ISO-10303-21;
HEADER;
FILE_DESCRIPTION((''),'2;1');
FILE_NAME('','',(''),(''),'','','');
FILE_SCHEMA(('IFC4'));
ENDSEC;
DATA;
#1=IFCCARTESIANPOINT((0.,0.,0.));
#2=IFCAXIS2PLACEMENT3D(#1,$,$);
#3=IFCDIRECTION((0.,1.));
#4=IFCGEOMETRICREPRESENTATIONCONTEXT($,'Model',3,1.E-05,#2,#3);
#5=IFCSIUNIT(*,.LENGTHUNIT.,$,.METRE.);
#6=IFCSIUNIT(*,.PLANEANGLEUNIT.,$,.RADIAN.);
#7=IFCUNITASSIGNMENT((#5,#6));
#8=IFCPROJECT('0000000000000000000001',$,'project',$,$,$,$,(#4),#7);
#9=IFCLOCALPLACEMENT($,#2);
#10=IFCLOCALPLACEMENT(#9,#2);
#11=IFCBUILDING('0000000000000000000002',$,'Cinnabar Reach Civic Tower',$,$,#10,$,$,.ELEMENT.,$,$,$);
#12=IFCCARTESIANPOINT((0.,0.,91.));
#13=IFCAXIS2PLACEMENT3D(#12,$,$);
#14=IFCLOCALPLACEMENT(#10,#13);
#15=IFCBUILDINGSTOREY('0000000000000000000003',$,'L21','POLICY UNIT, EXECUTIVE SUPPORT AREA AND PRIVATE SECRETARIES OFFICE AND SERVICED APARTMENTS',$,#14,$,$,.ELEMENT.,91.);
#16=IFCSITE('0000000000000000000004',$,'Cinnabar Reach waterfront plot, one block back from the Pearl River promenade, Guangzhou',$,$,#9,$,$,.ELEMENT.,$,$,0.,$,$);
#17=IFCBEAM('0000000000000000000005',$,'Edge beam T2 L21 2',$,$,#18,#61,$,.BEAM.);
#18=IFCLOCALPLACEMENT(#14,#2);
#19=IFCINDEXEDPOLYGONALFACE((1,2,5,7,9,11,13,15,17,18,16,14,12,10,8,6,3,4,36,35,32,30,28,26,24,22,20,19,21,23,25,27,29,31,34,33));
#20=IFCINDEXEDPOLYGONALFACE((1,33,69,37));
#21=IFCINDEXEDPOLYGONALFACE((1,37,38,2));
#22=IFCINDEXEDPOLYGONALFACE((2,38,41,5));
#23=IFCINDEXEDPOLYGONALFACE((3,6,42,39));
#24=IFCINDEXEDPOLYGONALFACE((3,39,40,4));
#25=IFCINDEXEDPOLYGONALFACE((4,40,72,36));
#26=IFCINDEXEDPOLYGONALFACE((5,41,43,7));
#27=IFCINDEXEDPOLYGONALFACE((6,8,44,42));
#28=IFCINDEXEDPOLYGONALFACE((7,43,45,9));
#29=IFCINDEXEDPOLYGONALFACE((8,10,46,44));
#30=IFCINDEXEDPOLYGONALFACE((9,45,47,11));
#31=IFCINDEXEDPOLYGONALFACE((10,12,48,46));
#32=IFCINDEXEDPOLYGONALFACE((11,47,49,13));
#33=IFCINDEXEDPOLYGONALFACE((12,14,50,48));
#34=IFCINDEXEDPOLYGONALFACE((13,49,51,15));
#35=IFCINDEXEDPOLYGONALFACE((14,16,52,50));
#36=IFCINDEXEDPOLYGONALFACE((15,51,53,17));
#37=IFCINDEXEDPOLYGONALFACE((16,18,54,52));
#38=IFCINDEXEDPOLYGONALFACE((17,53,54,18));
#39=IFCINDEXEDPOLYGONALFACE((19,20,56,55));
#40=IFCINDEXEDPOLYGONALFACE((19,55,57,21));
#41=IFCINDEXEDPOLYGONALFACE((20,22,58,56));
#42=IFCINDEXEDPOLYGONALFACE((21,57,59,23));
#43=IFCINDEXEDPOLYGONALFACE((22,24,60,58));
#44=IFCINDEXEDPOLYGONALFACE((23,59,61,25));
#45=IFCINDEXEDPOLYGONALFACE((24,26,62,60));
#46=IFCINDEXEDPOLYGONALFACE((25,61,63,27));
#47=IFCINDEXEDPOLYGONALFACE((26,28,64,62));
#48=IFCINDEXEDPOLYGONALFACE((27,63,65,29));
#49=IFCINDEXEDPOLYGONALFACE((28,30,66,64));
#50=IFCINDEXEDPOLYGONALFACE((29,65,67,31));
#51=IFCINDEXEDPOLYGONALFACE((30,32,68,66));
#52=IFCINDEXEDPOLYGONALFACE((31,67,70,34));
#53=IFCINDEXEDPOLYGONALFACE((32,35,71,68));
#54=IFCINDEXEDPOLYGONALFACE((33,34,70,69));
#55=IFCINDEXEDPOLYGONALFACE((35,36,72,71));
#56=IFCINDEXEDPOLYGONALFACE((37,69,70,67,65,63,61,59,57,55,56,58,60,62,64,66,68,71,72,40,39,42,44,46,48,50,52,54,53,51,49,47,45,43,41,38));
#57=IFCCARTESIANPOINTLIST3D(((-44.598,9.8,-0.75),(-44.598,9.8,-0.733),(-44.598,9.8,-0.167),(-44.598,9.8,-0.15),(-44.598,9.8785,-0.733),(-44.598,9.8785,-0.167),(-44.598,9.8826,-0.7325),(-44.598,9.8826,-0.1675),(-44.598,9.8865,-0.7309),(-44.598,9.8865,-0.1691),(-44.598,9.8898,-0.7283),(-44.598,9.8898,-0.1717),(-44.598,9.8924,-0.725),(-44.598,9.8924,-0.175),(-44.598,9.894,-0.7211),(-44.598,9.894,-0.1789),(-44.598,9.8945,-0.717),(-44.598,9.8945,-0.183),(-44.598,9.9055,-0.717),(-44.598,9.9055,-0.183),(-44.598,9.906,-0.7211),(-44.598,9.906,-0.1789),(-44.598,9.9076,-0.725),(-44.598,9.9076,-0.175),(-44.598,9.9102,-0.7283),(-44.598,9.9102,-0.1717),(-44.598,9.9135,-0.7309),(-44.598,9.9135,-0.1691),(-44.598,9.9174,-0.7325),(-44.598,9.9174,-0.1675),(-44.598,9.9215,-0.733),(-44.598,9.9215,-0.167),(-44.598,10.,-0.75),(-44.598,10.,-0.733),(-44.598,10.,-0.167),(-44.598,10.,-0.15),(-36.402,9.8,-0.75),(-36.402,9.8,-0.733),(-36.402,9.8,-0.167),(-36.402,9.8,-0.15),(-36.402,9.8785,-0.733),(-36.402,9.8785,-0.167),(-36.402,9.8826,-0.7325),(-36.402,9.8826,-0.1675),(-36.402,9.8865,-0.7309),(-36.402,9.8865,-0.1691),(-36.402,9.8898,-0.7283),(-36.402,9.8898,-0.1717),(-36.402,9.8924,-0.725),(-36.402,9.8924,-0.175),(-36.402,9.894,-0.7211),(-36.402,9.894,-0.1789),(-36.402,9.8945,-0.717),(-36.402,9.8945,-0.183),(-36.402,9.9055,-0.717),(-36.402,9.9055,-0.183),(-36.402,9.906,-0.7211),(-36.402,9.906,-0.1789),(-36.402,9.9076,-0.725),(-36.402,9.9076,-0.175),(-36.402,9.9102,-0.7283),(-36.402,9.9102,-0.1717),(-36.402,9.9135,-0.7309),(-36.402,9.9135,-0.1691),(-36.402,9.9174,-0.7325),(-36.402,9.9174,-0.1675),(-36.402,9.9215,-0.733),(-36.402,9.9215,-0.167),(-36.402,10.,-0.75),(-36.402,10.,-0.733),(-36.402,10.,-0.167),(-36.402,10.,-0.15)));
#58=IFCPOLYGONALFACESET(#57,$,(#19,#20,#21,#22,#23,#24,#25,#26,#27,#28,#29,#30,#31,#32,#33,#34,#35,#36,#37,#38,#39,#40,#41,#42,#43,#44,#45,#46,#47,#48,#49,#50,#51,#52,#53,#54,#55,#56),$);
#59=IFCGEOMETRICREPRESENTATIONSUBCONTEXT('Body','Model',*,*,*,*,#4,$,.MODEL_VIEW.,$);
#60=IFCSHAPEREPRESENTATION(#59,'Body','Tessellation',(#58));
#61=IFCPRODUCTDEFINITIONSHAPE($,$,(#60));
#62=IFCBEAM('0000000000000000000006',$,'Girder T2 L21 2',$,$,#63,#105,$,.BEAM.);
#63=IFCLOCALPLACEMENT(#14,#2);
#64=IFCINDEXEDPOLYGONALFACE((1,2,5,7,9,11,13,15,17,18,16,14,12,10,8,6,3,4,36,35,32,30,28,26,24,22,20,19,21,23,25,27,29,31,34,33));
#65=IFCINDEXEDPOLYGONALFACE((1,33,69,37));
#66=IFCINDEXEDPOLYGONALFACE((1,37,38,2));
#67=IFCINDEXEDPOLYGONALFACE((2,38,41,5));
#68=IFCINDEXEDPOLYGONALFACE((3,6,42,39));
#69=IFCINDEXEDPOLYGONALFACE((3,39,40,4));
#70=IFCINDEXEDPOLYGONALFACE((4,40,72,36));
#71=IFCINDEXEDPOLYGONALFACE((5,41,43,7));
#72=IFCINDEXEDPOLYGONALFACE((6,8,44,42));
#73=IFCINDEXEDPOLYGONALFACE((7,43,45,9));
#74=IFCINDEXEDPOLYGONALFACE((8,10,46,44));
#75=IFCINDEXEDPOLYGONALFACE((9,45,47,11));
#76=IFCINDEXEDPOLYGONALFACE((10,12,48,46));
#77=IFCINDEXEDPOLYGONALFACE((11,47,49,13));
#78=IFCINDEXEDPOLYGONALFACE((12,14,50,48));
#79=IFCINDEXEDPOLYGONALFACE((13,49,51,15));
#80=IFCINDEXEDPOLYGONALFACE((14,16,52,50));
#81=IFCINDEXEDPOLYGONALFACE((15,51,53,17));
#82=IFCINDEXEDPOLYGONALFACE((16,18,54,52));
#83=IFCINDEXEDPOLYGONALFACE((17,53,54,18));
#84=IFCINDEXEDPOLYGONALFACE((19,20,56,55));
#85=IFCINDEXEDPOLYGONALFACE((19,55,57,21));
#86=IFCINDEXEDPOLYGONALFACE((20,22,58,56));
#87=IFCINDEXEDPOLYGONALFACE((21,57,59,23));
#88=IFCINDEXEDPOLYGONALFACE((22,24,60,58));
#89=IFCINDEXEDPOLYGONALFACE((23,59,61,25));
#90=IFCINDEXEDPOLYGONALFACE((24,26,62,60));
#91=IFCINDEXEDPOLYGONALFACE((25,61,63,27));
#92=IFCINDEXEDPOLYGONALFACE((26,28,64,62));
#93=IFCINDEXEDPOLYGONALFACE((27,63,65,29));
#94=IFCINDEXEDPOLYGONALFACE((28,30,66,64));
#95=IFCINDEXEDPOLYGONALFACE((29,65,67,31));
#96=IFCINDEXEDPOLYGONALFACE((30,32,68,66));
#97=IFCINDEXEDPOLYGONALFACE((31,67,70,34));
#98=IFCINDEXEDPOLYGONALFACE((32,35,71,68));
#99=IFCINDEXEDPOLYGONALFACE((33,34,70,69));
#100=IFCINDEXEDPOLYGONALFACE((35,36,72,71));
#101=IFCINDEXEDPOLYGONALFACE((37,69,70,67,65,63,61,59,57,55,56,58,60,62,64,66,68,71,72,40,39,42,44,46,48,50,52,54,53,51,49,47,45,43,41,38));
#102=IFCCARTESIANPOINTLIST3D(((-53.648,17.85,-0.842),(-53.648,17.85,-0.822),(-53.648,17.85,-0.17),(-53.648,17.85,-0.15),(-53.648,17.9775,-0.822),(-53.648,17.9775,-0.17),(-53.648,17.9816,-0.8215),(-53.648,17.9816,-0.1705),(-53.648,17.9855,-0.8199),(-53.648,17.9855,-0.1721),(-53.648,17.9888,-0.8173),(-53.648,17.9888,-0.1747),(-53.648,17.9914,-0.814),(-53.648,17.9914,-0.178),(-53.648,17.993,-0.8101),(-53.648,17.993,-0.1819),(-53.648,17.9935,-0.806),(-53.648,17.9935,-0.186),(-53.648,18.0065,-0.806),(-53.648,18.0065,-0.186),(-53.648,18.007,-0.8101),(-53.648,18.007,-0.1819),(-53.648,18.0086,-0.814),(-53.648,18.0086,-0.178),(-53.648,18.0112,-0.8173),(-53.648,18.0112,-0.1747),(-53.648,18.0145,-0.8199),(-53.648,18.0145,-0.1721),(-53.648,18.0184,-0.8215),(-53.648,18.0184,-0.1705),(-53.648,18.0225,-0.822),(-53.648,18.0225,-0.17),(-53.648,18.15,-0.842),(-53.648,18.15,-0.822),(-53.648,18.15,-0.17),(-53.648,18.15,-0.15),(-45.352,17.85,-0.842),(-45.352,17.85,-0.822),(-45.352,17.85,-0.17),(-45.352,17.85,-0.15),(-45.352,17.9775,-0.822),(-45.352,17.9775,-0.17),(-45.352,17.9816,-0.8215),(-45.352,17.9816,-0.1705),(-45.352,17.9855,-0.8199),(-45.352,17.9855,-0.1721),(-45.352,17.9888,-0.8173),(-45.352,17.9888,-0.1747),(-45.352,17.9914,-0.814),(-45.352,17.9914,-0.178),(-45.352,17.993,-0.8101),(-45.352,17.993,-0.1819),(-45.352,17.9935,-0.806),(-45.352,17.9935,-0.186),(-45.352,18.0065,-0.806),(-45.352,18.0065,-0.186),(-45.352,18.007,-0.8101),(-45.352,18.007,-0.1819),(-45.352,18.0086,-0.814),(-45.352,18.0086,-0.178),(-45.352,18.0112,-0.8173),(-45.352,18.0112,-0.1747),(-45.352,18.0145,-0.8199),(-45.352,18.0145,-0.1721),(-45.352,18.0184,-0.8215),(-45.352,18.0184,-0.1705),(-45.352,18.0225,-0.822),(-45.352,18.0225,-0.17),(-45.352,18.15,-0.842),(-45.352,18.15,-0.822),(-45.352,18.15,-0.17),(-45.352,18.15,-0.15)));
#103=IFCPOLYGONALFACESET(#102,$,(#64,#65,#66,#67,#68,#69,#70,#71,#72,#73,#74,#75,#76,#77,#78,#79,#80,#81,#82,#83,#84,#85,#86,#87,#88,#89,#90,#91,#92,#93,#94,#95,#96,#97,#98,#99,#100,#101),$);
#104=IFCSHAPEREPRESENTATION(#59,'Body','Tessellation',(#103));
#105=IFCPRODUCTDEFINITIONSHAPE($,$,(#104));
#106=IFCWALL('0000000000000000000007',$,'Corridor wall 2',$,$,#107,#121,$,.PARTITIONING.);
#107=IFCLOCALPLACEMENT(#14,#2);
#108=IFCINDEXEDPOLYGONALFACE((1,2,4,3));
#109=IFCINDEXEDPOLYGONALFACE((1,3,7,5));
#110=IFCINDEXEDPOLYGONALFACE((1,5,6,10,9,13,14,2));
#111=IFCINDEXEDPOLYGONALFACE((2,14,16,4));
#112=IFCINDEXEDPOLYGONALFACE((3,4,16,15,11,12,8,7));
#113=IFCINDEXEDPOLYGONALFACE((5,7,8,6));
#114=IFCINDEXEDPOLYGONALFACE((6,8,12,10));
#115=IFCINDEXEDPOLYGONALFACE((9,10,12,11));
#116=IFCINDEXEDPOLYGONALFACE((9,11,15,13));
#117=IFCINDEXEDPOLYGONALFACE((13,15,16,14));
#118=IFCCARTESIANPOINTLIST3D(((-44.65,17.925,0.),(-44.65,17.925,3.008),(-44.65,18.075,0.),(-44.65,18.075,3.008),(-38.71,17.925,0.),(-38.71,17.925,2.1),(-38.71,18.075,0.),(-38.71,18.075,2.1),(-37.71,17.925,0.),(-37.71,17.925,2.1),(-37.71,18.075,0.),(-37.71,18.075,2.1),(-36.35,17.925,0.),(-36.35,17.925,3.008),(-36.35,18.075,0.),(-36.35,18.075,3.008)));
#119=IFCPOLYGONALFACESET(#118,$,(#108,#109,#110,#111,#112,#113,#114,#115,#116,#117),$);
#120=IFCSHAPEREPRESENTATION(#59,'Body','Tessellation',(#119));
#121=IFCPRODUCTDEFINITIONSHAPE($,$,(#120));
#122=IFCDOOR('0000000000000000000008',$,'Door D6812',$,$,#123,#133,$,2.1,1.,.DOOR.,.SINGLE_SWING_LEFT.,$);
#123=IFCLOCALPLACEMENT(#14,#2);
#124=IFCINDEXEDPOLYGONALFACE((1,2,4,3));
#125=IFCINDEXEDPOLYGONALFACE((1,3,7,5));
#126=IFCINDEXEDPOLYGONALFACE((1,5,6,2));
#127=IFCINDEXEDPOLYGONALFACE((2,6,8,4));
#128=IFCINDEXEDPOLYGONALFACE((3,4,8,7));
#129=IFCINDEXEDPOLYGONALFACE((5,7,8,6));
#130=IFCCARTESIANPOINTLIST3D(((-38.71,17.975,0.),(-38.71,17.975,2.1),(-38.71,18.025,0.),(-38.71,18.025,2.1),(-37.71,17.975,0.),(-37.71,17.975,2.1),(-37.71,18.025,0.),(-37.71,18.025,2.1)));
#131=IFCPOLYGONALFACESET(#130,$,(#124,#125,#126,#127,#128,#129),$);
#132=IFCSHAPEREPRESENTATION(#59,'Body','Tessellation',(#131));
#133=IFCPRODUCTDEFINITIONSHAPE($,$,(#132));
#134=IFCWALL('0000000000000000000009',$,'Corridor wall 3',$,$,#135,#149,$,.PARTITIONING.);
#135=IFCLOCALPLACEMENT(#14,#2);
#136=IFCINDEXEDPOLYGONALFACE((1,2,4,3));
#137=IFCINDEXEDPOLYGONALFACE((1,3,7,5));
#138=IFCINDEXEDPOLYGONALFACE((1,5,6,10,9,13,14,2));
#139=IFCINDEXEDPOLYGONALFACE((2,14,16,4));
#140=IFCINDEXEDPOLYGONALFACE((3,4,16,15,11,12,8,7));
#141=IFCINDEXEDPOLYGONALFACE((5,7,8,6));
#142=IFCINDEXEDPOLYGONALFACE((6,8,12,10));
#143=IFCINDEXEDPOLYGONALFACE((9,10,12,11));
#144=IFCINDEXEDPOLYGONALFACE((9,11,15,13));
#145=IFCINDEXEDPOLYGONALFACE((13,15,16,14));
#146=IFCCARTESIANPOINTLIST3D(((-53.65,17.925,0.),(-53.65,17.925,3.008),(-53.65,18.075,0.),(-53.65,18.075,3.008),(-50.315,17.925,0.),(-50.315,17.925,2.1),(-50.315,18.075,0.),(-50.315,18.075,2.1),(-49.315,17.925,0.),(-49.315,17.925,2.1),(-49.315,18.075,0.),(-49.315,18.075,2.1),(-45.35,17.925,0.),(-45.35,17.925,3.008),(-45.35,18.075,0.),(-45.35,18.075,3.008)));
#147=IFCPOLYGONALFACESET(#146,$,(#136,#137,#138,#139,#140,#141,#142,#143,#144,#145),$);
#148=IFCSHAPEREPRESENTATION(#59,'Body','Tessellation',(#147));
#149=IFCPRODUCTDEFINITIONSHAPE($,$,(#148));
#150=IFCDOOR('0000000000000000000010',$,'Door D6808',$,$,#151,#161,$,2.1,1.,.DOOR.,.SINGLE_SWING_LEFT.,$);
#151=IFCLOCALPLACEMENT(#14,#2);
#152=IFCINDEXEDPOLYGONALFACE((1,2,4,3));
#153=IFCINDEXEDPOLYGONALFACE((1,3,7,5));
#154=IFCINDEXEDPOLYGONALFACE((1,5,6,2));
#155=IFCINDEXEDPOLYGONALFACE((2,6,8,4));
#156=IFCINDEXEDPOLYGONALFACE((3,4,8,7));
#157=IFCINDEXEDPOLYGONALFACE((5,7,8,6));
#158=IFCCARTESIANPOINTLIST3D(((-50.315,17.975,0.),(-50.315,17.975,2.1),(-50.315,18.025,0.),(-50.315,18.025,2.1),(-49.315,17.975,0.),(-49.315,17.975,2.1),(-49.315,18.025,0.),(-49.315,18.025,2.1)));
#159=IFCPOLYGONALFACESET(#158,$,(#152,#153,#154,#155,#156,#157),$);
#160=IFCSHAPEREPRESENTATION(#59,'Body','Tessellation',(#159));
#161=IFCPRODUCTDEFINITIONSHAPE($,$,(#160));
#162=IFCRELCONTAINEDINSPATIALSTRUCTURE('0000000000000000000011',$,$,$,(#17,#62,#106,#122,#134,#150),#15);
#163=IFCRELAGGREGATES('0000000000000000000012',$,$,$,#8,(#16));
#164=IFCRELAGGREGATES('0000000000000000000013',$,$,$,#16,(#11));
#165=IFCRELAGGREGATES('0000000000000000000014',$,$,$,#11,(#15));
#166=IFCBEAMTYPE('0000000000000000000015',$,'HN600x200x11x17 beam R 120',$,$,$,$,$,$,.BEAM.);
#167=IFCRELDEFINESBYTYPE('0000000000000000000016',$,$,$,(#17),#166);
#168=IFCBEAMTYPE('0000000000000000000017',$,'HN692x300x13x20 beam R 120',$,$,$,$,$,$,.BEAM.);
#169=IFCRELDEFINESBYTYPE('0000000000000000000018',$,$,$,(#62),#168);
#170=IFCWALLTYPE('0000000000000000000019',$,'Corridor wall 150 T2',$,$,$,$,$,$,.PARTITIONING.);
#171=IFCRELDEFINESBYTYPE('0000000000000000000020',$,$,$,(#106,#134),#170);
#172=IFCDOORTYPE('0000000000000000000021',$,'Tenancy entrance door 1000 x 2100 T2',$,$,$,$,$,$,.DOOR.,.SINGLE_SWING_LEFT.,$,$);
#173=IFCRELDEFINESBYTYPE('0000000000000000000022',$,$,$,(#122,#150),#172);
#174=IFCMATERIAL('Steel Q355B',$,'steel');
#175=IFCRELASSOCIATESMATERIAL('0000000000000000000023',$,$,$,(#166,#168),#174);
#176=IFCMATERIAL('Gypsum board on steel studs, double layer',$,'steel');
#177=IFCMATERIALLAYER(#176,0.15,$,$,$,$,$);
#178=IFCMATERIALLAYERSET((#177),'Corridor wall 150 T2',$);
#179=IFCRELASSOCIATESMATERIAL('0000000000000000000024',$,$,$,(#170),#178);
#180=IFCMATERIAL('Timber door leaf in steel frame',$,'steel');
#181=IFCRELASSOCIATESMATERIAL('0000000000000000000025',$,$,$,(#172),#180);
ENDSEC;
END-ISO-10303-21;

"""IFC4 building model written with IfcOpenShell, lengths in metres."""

from ifc_helpers import new_model, si_unit, direction, frame, frame_2d, origin, origin_2d, place, context, subcontext, project, spatial, rectangle, i_section, extrude, material, layer, layer_set, material_profile, profile_set, type_object, element, fill, save


model = new_model("IFC4")

# Units and contexts
model_context = context("Model", 3, precision=1e-05, world=origin(), true_north=direction((0.0, 1.0)))
body_context = subcontext(model_context, "Body", "Model", "MODEL_VIEW")
ifc_project = project(units=[si_unit("LENGTHUNIT", "METRE"), si_unit("PLANEANGLEUNIT", "RADIAN")], contexts=[model_context])

# Site, building, storey
site_placement = place(None, origin())
site = spatial("IfcSite", under=ifc_project, at=site_placement, Name="Cinnabar Reach waterfront plot, one block back from the Pearl River promenade, Guangzhou", CompositionType="ELEMENT", RefElevation=0.0)
building_placement = place(site_placement, origin())
building = spatial("IfcBuilding", under=site, at=building_placement, Name="Cinnabar Reach Civic Tower", CompositionType="ELEMENT")
storey_placement = place(building_placement, frame((0.0, 0.0, 91.0)))
storey = spatial("IfcBuildingStorey", under=building, at=storey_placement, Name="L21", Description="POLICY UNIT, EXECUTIVE SUPPORT AREA AND PRIVATE SECRETARIES OFFICE AND SERVICED APARTMENTS", CompositionType="ELEMENT", Elevation=91.0)

# Beams
ifc_material_1 = material(Name="Steel Q355B", Category="steel")
ifc_material_profile_1 = material_profile(ifc_material_1, i_section(OverallWidth=0.2, OverallDepth=0.6, WebThickness=0.011, FlangeThickness=0.017, FilletRadius=0.016, at=origin_2d()), Name="HN600x200x11x17")
ifc_profile_set_1 = profile_set([ifc_material_profile_1], Name="Steel Q355B")
beam_type_1 = type_object("IfcBeamType", Name="HN600x200x11x17 beam R 120", PredefinedType="BEAM", material=ifc_profile_set_1)
beam_1_placement = place(storey_placement, frame((-44.598, 9.9, -0.45), z_axis=(1.0, 0.0, 0.0), x_axis=(0.0, 1.0, 0.0)))
element("IfcBeam", 1, at=beam_1_placement, inside=storey, type_object=beam_type_1, Name="Edge beam T2 L21 2", PredefinedType="BEAM", context=body_context, shape_type="SweptSolid", body=[
    extrude(i_section(OverallWidth=0.2, OverallDepth=0.6, WebThickness=0.011, FlangeThickness=0.017, FilletRadius=0.016, at=origin_2d()), origin(), (0.0, 0.0, 1.0), 8.196),
])
ifc_material_profile_2 = material_profile(ifc_material_1, i_section(OverallWidth=0.3, OverallDepth=0.692, WebThickness=0.013, FlangeThickness=0.02, FilletRadius=0.016, at=origin_2d()), Name="HN692x300x13x20")
ifc_profile_set_2 = profile_set([ifc_material_profile_2], Name="Steel Q355B")
beam_type_2 = type_object("IfcBeamType", Name="HN692x300x13x20 beam R 120", PredefinedType="BEAM", material=ifc_profile_set_2)
beam_2_placement = place(storey_placement, frame((-53.648, 18.0, -0.496), z_axis=(1.0, 0.0, 0.0), x_axis=(0.0, 1.0, 0.0)))
element("IfcBeam", 2, at=beam_2_placement, inside=storey, type_object=beam_type_2, Name="Girder T2 L21 2", PredefinedType="BEAM", context=body_context, shape_type="SweptSolid", body=[
    extrude(i_section(OverallWidth=0.3, OverallDepth=0.692, WebThickness=0.013, FlangeThickness=0.02, FilletRadius=0.016, at=origin_2d()), origin(), (0.0, 0.0, 1.0), 8.296),
])

# Walls, openings, doors
ifc_material_2 = material(Name="Gypsum board on steel studs, double layer", Category="steel")
ifc_layer_1 = layer(ifc_material_2, 0.15)
ifc_layer_set_1 = layer_set([ifc_layer_1], Name="Corridor wall 150 T2")
wall_type_1 = type_object("IfcWallType", Name="Corridor wall 150 T2", PredefinedType="PARTITIONING", material=ifc_layer_set_1)
wall_1_placement = place(storey_placement, frame((-44.65, 18.0, 0.0), z_axis=(0.0, 0.0, 1.0), x_axis=(1.0, 0.0, 0.0)))
wall_1 = element("IfcWall", 3, at=wall_1_placement, inside=storey, type_object=wall_type_1, Name="Corridor wall 2", PredefinedType="PARTITIONING", context=body_context, shape_type="SweptSolid", body=[
    extrude(rectangle(XDim=8.3, YDim=0.15, at=frame_2d((4.15, 0.0))), origin(), (0.0, 0.0, 1.0), 3.008),
])
opening_1_placement = place(wall_1_placement, frame((5.94, 0.0, 0.0)))
opening_1 = element("IfcOpeningElement", 4, at=opening_1_placement, cuts=wall_1, PredefinedType="OPENING", context=body_context, shape_type="SweptSolid", body=[
    extrude(rectangle(XDim=1.0, YDim=2.1, at=frame_2d((0.5, 1.05))), frame((0.0, 0.085, 0.0), z_axis=(0.0, -1.0, 0.0), x_axis=(1.0, 0.0, 0.0)), (0.0, 0.0, 1.0), 0.17),
])
ifc_material_3 = material(Name="Timber door leaf in steel frame", Category="steel")
door_type_1 = type_object("IfcDoorType", Name="Tenancy entrance door 1000 x 2100 T2", OperationType="SINGLE_SWING_LEFT", PredefinedType="DOOR", material=ifc_material_3)
door_1_placement = place(opening_1_placement, frame((1.0, 0.0, 0.0), z_axis=(0.0, 0.0, 1.0), x_axis=(-1.0, 0.0, 0.0)))
door_1 = element("IfcDoor", 5, at=door_1_placement, inside=storey, type_object=door_type_1, Name="Door D6812", OperationType="SINGLE_SWING_LEFT", OverallHeight=2.1, OverallWidth=1.0, PredefinedType="DOOR", context=body_context, shape_type="SweptSolid", body=[
    extrude(rectangle(XDim=1.0, YDim=2.1, at=frame_2d((0.5, 1.05))), frame((0.0, 0.025, 0.0), z_axis=(0.0, -1.0, 0.0), x_axis=(1.0, 0.0, 0.0)), (0.0, 0.0, 1.0), 0.05),
])
fill(opening_1, door_1)
wall_2_placement = place(storey_placement, frame((-53.65, 18.0, 0.0), z_axis=(0.0, 0.0, 1.0), x_axis=(1.0, 0.0, 0.0)))
wall_2 = element("IfcWall", 6, at=wall_2_placement, inside=storey, type_object=wall_type_1, Name="Corridor wall 3", PredefinedType="PARTITIONING", context=body_context, shape_type="SweptSolid", body=[
    extrude(rectangle(XDim=8.3, YDim=0.15, at=frame_2d((4.15, 0.0))), origin(), (0.0, 0.0, 1.0), 3.008),
])
opening_2_placement = place(wall_2_placement, frame((3.335, 0.0, 0.0)))
opening_2 = element("IfcOpeningElement", 7, at=opening_2_placement, cuts=wall_2, PredefinedType="OPENING", context=body_context, shape_type="SweptSolid", body=[
    extrude(rectangle(XDim=1.0, YDim=2.1, at=frame_2d((0.5, 1.05))), frame((0.0, 0.085, 0.0), z_axis=(0.0, -1.0, 0.0), x_axis=(1.0, 0.0, 0.0)), (0.0, 0.0, 1.0), 0.17),
])
door_2_placement = place(opening_2_placement, frame((1.0, 0.0, 0.0), z_axis=(0.0, 0.0, 1.0), x_axis=(-1.0, 0.0, 0.0)))
door_2 = element("IfcDoor", 8, at=door_2_placement, inside=storey, type_object=door_type_1, Name="Door D6808", OperationType="SINGLE_SWING_LEFT", OverallHeight=2.1, OverallWidth=1.0, PredefinedType="DOOR", context=body_context, shape_type="SweptSolid", body=[
    extrude(rectangle(XDim=1.0, YDim=2.1, at=frame_2d((0.5, 1.05))), frame((0.0, 0.025, 0.0), z_axis=(0.0, -1.0, 0.0), x_axis=(1.0, 0.0, 0.0)), (0.0, 0.0, 1.0), 0.05),
])
fill(opening_2, door_2)

save(model, "model.ifc")
